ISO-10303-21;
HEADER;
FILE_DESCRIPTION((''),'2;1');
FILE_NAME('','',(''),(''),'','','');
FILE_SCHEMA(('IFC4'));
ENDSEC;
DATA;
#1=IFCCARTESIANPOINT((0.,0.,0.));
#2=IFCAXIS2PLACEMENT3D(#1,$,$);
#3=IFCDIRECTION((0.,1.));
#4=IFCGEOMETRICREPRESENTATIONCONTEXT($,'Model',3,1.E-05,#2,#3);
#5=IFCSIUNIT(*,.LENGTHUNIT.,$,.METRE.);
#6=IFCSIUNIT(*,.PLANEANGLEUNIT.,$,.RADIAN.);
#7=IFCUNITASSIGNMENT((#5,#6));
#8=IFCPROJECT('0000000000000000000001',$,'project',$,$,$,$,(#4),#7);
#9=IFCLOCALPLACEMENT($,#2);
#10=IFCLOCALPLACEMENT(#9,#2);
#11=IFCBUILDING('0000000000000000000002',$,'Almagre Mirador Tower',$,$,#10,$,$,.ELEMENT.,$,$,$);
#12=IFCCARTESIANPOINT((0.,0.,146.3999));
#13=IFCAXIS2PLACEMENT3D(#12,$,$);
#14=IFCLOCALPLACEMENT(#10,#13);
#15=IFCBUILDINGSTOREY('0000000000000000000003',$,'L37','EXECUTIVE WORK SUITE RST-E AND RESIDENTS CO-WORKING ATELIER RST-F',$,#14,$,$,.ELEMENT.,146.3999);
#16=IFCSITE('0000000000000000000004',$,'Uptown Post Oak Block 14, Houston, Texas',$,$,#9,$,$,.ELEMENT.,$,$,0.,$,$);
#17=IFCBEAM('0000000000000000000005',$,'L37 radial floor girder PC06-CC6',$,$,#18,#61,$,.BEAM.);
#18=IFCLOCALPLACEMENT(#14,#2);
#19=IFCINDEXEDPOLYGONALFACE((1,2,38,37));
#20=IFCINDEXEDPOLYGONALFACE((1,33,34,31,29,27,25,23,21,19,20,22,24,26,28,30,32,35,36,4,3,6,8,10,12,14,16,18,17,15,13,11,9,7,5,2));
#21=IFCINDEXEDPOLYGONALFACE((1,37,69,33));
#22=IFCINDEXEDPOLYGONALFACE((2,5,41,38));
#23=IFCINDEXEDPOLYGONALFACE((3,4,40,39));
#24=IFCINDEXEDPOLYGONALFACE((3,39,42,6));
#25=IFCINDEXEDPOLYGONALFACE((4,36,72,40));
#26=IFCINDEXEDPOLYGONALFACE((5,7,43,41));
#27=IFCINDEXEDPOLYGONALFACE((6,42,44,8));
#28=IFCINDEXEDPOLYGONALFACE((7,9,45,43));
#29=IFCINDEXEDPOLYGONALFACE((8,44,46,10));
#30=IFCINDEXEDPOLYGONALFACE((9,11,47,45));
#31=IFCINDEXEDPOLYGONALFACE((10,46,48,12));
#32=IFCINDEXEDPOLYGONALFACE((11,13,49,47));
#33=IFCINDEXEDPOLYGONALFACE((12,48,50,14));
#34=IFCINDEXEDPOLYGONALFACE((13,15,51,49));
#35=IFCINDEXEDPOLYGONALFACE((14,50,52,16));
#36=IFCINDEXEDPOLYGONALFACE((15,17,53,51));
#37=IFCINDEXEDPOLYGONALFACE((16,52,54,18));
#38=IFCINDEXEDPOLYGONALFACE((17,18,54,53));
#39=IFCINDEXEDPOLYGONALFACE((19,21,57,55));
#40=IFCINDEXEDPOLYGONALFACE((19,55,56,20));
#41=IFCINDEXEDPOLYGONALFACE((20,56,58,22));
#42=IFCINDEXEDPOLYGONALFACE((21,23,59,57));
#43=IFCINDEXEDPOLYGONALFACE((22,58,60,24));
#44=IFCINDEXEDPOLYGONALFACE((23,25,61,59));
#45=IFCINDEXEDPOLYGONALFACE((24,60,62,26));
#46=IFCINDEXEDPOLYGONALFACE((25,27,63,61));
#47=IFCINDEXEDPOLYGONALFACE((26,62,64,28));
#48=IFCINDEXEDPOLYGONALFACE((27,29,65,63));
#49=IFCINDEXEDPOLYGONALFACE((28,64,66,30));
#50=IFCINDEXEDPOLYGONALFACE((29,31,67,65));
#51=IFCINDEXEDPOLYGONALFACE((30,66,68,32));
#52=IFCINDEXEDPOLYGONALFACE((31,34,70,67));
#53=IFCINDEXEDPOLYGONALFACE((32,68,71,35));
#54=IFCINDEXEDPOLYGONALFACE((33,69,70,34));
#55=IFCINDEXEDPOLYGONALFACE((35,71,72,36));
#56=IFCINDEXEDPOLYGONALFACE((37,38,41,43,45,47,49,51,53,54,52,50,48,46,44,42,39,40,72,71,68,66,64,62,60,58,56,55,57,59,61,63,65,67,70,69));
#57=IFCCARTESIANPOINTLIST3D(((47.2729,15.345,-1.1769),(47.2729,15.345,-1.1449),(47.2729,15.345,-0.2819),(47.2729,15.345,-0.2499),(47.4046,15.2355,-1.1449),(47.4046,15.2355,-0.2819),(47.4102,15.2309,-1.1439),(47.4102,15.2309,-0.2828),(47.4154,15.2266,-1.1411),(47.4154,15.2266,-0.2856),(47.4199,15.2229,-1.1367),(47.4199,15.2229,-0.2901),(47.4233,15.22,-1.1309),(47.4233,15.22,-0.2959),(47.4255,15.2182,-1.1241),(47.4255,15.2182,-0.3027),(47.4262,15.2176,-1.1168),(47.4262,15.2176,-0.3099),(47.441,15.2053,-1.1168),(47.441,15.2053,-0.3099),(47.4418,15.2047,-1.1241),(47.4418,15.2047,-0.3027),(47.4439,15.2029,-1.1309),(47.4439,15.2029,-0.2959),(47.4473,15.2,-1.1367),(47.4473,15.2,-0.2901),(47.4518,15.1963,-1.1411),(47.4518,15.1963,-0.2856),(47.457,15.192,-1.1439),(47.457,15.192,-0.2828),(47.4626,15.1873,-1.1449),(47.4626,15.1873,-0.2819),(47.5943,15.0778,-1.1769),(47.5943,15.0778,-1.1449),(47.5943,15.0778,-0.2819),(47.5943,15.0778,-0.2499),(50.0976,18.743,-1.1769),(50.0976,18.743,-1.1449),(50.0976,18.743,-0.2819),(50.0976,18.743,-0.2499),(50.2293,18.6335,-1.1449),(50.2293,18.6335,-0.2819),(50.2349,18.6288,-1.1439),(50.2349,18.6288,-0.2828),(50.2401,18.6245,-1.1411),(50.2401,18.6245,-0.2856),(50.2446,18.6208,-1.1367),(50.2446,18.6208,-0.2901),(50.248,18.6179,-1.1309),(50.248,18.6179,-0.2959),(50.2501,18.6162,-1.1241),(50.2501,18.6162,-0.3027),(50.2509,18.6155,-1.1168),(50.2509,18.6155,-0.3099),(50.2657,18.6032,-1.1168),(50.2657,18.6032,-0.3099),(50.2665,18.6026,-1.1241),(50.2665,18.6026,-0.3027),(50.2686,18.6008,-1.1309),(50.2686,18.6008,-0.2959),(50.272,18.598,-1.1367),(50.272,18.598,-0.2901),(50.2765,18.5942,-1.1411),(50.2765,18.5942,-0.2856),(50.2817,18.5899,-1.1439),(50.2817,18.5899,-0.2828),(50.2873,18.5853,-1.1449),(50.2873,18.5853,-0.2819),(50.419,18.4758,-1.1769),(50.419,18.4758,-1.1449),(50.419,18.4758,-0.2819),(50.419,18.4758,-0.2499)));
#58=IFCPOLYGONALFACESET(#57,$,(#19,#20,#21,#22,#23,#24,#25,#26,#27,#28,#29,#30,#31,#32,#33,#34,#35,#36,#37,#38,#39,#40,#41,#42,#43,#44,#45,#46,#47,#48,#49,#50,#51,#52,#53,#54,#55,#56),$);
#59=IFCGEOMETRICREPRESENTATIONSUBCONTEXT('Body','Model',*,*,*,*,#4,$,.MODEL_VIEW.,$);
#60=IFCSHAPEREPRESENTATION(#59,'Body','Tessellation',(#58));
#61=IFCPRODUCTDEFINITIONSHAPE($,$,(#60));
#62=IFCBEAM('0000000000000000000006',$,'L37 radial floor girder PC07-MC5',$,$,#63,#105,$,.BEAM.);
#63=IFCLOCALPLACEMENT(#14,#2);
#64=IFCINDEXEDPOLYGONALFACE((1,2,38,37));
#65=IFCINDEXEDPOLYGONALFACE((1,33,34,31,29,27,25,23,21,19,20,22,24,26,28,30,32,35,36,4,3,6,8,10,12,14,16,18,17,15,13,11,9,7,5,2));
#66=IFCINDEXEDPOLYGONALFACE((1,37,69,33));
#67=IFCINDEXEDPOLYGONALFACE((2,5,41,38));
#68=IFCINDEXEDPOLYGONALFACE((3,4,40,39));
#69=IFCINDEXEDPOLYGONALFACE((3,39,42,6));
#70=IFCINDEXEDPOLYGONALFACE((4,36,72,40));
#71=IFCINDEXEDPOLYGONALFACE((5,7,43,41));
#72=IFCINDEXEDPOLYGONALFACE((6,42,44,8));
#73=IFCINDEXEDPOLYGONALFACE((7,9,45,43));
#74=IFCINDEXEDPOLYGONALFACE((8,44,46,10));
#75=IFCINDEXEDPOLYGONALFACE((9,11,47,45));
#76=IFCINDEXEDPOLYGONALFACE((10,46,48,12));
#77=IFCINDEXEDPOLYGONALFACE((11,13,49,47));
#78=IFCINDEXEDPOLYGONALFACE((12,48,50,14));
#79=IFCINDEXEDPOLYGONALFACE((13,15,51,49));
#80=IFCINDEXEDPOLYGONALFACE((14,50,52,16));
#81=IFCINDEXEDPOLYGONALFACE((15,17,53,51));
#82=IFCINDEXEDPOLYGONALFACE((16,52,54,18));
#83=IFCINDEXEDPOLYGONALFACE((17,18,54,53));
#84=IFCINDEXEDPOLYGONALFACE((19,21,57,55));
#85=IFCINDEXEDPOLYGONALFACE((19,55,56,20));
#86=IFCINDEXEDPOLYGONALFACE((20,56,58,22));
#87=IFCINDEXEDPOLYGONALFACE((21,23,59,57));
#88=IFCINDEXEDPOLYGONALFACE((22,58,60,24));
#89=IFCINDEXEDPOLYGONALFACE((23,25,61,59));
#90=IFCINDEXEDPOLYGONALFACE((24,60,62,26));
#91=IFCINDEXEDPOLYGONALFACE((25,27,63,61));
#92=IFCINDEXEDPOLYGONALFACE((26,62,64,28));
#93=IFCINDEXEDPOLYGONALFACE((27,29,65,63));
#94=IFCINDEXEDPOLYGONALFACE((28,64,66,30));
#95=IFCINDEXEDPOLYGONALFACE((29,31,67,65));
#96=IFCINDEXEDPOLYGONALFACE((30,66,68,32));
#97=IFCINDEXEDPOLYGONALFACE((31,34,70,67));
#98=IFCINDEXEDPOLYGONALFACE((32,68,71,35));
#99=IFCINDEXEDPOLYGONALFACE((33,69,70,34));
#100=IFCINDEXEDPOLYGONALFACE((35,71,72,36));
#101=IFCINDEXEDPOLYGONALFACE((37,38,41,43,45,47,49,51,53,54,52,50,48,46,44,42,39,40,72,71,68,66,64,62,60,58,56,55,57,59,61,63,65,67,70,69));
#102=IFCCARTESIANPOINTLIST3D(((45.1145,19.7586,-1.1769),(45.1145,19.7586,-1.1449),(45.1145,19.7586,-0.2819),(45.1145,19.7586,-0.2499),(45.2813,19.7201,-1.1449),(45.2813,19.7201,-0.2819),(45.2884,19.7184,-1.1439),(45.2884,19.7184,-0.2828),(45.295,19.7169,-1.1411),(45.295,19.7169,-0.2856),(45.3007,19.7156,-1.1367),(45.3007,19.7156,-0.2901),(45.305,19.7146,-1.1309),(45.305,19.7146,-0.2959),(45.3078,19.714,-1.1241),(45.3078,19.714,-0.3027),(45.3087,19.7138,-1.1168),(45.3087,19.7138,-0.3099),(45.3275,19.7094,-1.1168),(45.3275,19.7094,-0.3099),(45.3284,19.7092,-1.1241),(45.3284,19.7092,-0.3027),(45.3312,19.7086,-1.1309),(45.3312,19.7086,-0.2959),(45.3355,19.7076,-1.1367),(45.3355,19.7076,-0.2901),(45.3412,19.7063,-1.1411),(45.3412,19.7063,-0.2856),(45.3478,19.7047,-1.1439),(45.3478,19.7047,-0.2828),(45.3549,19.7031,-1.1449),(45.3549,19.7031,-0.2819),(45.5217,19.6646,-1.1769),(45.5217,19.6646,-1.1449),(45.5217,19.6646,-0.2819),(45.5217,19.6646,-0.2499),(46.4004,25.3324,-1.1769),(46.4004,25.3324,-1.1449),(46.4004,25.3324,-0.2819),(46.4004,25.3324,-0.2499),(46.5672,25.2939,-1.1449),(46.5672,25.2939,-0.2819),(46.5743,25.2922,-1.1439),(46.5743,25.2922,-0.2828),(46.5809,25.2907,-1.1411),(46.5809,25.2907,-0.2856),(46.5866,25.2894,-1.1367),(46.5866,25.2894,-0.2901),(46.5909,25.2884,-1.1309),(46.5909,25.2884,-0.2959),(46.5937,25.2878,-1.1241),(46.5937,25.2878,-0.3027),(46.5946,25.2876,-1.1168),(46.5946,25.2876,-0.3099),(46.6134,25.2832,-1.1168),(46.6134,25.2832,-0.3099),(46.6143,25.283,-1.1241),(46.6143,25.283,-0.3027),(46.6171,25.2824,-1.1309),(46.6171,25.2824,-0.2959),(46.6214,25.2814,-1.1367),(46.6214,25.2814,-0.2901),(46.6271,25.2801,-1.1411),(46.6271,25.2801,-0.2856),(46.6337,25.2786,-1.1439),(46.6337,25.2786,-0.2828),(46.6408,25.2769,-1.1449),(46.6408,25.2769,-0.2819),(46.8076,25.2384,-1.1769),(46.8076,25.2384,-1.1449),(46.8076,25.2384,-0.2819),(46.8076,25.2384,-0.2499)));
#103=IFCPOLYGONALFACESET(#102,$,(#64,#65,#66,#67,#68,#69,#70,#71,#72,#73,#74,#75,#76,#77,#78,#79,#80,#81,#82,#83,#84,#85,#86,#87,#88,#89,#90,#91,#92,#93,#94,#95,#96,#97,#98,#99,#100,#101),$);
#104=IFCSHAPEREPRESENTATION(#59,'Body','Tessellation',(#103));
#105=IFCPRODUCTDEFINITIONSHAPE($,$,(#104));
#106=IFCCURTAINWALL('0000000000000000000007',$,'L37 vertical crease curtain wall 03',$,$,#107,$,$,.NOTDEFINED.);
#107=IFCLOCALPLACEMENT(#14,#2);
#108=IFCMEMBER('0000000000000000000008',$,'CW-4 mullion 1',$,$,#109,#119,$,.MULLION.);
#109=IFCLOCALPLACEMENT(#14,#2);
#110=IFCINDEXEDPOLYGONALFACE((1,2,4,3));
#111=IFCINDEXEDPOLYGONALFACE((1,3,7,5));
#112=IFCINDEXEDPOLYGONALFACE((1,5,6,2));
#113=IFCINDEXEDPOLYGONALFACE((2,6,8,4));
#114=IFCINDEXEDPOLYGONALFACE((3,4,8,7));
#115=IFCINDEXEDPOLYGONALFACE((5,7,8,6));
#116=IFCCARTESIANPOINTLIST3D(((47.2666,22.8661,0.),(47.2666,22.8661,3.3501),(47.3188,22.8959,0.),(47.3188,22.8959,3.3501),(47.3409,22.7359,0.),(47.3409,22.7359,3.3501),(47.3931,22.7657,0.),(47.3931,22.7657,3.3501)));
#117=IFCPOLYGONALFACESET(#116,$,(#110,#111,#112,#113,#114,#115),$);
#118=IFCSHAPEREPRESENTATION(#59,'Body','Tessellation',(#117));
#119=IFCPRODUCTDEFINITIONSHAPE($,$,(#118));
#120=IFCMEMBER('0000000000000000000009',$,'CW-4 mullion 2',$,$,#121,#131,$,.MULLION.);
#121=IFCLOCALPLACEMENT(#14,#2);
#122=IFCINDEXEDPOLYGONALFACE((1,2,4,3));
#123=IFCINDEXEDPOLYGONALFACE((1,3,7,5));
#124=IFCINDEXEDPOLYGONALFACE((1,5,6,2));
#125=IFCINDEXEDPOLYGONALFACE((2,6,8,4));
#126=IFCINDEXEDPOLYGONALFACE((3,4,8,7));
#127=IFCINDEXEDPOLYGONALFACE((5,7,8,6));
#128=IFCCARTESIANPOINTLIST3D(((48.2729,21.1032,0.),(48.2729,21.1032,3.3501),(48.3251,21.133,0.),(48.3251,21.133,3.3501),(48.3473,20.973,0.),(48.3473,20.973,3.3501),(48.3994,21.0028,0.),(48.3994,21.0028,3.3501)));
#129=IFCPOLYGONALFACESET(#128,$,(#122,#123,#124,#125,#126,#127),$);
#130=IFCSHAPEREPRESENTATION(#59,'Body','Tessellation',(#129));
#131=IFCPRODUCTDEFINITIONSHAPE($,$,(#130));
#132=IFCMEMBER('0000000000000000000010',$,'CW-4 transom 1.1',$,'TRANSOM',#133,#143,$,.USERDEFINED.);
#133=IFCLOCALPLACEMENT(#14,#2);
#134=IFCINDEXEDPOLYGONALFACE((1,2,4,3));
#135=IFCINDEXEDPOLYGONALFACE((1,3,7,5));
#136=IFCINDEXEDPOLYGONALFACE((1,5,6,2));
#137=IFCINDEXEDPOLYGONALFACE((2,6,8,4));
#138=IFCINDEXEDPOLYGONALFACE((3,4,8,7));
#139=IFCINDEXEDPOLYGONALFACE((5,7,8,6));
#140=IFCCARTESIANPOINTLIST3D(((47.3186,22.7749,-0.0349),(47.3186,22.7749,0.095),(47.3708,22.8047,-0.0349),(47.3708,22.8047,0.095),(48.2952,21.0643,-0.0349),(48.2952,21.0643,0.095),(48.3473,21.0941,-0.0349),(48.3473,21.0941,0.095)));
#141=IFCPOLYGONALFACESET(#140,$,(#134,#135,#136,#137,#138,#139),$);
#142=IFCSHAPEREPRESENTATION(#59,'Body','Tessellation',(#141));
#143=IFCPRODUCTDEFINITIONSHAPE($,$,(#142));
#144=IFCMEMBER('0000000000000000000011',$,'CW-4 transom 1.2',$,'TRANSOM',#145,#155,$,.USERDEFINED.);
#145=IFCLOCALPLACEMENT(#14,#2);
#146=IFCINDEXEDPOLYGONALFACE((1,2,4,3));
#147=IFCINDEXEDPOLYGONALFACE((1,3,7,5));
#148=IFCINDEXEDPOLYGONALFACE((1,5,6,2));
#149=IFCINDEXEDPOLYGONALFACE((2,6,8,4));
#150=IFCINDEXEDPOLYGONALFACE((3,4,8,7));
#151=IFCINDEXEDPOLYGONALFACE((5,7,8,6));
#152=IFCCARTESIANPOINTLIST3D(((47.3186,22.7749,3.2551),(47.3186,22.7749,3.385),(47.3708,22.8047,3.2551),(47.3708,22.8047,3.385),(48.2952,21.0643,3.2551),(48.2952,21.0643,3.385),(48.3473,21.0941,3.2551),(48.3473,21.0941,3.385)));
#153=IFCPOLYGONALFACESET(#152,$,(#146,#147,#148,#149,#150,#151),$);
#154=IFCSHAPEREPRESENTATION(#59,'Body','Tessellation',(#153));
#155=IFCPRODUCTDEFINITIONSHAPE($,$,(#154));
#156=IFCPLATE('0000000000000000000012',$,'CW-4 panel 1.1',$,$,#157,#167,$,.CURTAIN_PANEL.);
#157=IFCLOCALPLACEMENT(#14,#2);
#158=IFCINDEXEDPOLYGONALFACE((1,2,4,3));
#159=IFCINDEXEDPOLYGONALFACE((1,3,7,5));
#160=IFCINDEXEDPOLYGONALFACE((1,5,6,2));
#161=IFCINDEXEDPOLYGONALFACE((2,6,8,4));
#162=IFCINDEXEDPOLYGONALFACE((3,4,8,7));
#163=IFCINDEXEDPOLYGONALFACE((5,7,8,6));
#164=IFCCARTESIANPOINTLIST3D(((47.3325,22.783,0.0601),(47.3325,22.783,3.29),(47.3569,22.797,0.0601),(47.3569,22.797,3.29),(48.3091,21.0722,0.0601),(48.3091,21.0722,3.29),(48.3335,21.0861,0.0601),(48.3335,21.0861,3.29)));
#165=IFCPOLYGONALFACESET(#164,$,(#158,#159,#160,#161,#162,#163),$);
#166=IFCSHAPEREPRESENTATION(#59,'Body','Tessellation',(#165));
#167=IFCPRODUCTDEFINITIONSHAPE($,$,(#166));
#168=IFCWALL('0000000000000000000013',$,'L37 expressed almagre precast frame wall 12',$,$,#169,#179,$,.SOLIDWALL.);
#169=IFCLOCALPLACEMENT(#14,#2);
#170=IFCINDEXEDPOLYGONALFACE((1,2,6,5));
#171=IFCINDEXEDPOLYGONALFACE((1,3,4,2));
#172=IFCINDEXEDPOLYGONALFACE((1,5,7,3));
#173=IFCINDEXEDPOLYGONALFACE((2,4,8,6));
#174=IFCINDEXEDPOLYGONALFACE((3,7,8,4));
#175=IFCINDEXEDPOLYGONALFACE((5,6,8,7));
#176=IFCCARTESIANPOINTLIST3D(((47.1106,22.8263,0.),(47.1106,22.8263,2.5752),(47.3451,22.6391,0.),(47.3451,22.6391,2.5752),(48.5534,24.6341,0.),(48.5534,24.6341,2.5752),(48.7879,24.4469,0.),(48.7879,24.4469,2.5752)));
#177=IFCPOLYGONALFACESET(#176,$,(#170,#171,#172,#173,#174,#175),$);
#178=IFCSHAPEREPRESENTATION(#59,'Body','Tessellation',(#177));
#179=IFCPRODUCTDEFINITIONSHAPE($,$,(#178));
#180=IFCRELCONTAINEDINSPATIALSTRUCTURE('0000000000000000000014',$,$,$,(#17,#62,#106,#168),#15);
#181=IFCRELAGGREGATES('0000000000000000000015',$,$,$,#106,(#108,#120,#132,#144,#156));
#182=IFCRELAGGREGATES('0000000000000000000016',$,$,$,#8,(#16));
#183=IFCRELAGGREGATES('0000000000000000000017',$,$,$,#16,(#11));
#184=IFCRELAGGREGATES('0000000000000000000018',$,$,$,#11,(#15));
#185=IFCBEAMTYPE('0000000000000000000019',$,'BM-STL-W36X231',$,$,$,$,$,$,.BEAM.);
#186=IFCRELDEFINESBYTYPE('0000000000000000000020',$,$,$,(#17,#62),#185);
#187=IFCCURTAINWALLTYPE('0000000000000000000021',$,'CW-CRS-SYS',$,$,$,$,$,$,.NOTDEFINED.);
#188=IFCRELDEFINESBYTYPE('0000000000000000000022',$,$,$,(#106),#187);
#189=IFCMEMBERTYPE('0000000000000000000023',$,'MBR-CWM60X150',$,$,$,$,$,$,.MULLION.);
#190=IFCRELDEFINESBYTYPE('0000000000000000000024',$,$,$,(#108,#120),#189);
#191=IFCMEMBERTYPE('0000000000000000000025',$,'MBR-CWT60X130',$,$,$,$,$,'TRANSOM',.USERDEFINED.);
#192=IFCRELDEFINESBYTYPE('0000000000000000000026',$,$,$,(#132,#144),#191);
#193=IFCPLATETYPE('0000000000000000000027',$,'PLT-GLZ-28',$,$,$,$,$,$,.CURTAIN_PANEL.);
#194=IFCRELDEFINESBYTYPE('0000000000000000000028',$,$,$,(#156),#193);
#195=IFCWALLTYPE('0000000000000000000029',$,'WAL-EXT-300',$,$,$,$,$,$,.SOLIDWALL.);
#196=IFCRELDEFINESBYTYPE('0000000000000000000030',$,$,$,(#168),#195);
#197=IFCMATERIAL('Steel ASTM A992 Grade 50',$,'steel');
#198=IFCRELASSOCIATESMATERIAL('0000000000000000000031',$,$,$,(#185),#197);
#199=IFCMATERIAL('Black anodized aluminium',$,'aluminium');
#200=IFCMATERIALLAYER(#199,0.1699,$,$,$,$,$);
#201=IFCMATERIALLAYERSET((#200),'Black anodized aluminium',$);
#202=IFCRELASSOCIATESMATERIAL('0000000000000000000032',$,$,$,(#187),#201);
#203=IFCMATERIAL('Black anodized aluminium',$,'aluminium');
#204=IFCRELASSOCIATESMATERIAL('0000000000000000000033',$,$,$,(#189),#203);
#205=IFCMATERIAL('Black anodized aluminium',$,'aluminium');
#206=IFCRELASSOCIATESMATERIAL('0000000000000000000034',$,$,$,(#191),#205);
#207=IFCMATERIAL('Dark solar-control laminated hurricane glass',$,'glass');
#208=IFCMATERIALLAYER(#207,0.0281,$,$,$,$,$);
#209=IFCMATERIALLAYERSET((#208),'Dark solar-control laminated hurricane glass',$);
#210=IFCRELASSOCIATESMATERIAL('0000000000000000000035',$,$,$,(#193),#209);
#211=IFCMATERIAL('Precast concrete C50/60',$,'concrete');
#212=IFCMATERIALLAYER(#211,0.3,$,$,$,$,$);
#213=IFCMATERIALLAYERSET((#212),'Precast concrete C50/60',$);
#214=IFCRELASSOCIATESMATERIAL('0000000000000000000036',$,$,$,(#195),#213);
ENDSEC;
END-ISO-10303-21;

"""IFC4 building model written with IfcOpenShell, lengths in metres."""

from ifc_helpers import new_model, si_unit, direction, frame, frame_2d, origin, origin_2d, place, context, subcontext, project, spatial, rectangle, i_section, extrude, material, layer, layer_set, material_profile, profile_set, type_object, element, aggregate, save


model = new_model("IFC4")

# Units and contexts
model_context = context("Model", 3, precision=1e-05, world=origin(), true_north=direction((0.0, 1.0)))
body_context = subcontext(model_context, "Body", "Model", "MODEL_VIEW")
ifc_project = project(units=[si_unit("LENGTHUNIT", "METRE"), si_unit("PLANEANGLEUNIT", "RADIAN")], contexts=[model_context])

# Site, building, storey
site_placement = place(None, origin())
site = spatial("IfcSite", under=ifc_project, at=site_placement, Name="Uptown Post Oak Block 14, Houston, Texas", CompositionType="ELEMENT", RefElevation=0.0)
building_placement = place(site_placement, origin())
building = spatial("IfcBuilding", under=site, at=building_placement, Name="Almagre Mirador Tower", CompositionType="ELEMENT")
storey_placement = place(building_placement, frame((0.0, 0.0, 146.3999)))
storey = spatial("IfcBuildingStorey", under=building, at=storey_placement, Name="L37", Description="EXECUTIVE WORK SUITE RST-E AND RESIDENTS CO-WORKING ATELIER RST-F", CompositionType="ELEMENT", Elevation=146.3999)

# Beams
ifc_material_1 = material(Name="Steel ASTM A992 Grade 50", Category="steel")
ifc_material_profile_1 = material_profile(ifc_material_1, i_section(OverallWidth=0.418, OverallDepth=0.927, WebThickness=0.0193, FlangeThickness=0.032, FilletRadius=0.0281, at=origin_2d()), Name="W36X231")
ifc_profile_set_1 = profile_set([ifc_material_profile_1], Name="Steel ASTM A992 Grade 50")
beam_type_1 = type_object("IfcBeamType", Name="BM-STL-W36X231", PredefinedType="BEAM", material=ifc_profile_set_1)
beam_1_placement = place(storey_placement, frame((50.2583, 18.6094, -0.7134), z_axis=(-0.63926, -0.768991, 0.0), x_axis=(0.768991, -0.63926, 0.0)))
element("IfcBeam", 1, at=beam_1_placement, inside=storey, type_object=beam_type_1, Name="L37 radial floor girder PC06-CC6", PredefinedType="BEAM", context=body_context, shape_type="SweptSolid", body=[
    extrude(i_section(OverallWidth=0.418, OverallDepth=0.927, WebThickness=0.0193, FlangeThickness=0.032, FilletRadius=0.0281, at=origin_2d()), origin(), (0.0, 0.0, 1.0), 4.4187),
])
beam_2_placement = place(storey_placement, frame((46.604, 25.2854, -0.7134), z_axis=(-0.2248, -0.974405, 0.0), x_axis=(0.974405, -0.2248, 0.0)))
element("IfcBeam", 2, at=beam_2_placement, inside=storey, type_object=beam_type_1, Name="L37 radial floor girder PC07-MC5", PredefinedType="BEAM", context=body_context, shape_type="SweptSolid", body=[
    extrude(i_section(OverallWidth=0.418, OverallDepth=0.927, WebThickness=0.0193, FlangeThickness=0.032, FilletRadius=0.0281, at=origin_2d()), origin(), (0.0, 0.0, 1.0), 5.7202),
])

# Curtain wall, members, plate
ifc_material_2 = material(Name="Black anodized aluminium", Category="aluminium")
ifc_layer_1 = layer(ifc_material_2, 0.1699)
ifc_layer_set_1 = layer_set([ifc_layer_1], Name="Black anodized aluminium")
curtain_wall_type = type_object("IfcCurtainWallType", Name="CW-CRS-SYS", PredefinedType="NOTDEFINED", material=ifc_layer_set_1)
curtain_wall_placement = place(storey_placement, origin())
curtain_wall = element("IfcCurtainWall", 3, at=curtain_wall_placement, inside=storey, type_object=curtain_wall_type, Name="L37 vertical crease curtain wall 03", PredefinedType="NOTDEFINED")
ifc_material_3 = material(Name="Black anodized aluminium", Category="aluminium")
ifc_material_profile_2 = material_profile(ifc_material_3, rectangle(XDim=0.0601, YDim=0.1499, at=origin_2d()), Name="CWM60X150")
ifc_profile_set_2 = profile_set([ifc_material_profile_2], Name="Black anodized aluminium")
member_type_1 = type_object("IfcMemberType", Name="MBR-CWM60X150", PredefinedType="MULLION", material=ifc_profile_set_2)
member_1_placement = place(storey_placement, frame((47.3298, 22.8159, 0.0), z_axis=(0.0, 0.0, 1.0), x_axis=(0.868479, 0.495727, 0.0)))
member_1 = element("IfcMember", 4, at=member_1_placement, type_object=member_type_1, Name="CW-4 mullion 1", PredefinedType="MULLION", context=body_context, shape_type="SweptSolid", body=[
    extrude(rectangle(XDim=0.0601, YDim=0.1499, at=origin_2d()), origin(), (0.0, 0.0, 1.0), 3.3501),
])
member_2_placement = place(storey_placement, frame((48.3362, 21.053, 0.0), z_axis=(0.0, 0.0, 1.0), x_axis=(0.868479, 0.495727, 0.0)))
member_2 = element("IfcMember", 5, at=member_2_placement, type_object=member_type_1, Name="CW-4 mullion 2", PredefinedType="MULLION", context=body_context, shape_type="SweptSolid", body=[
    extrude(rectangle(XDim=0.0601, YDim=0.1499, at=origin_2d()), origin(), (0.0, 0.0, 1.0), 3.3501),
])
ifc_material_4 = material(Name="Black anodized aluminium", Category="aluminium")
ifc_material_profile_3 = material_profile(ifc_material_4, rectangle(XDim=0.0601, YDim=0.1299, at=origin_2d()), Name="CWT60X130")
ifc_profile_set_3 = profile_set([ifc_material_profile_3], Name="Black anodized aluminium")
member_type_2 = type_object("IfcMemberType", Name="MBR-CWT60X130", ElementType="TRANSOM", PredefinedType="USERDEFINED", material=ifc_profile_set_3)
member_3_placement = place(storey_placement, frame((47.3447, 22.7898, 0.03), z_axis=(0.495765, -0.868457, 0.0), x_axis=(0.868457, 0.495765, 0.0)))
member_3 = element("IfcMember", 6, at=member_3_placement, type_object=member_type_2, Name="CW-4 transom 1.1", ObjectType="TRANSOM", PredefinedType="USERDEFINED", context=body_context, shape_type="SweptSolid", body=[
    extrude(rectangle(XDim=0.0601, YDim=0.1299, at=origin_2d()), origin(), (0.0, 0.0, 1.0), 1.9697),
])
member_4_placement = place(storey_placement, frame((47.3447, 22.7898, 3.3201), z_axis=(0.495765, -0.868457, 0.0), x_axis=(0.868457, 0.495765, 0.0)))
member_4 = element("IfcMember", 7, at=member_4_placement, type_object=member_type_2, Name="CW-4 transom 1.2", ObjectType="TRANSOM", PredefinedType="USERDEFINED", context=body_context, shape_type="SweptSolid", body=[
    extrude(rectangle(XDim=0.0601, YDim=0.1299, at=origin_2d()), origin(), (0.0, 0.0, 1.0), 1.9697),
])
ifc_material_5 = material(Name="Dark solar-control laminated hurricane glass", Category="glass")
ifc_layer_2 = layer(ifc_material_5, 0.0281)
ifc_layer_set_2 = layer_set([ifc_layer_2], Name="Dark solar-control laminated hurricane glass")
plate_type = type_object("IfcPlateType", Name="PLT-GLZ-28", PredefinedType="CURTAIN_PANEL", material=ifc_layer_set_2)
plate_placement = place(storey_placement, frame((47.833, 21.9346, 0.0601), z_axis=(0.0, 0.0, 1.0), x_axis=(0.495727, -0.868479, 0.0)))
plate = element("IfcPlate", 8, at=plate_placement, type_object=plate_type, Name="CW-4 panel 1.1", PredefinedType="CURTAIN_PANEL", context=body_context, shape_type="SweptSolid", body=[
    extrude(rectangle(XDim=1.97, YDim=0.0281, at=origin_2d()), origin(), (0.0, 0.0, 1.0), 3.23),
])
aggregate(curtain_wall, [member_1, member_2, member_3, member_4, plate])

# Wall
ifc_material_6 = material(Name="Precast concrete C50/60", Category="concrete")
ifc_layer_3 = layer(ifc_material_6, 0.3)
ifc_layer_set_3 = layer_set([ifc_layer_3], Name="Precast concrete C50/60")
wall_type_1 = type_object("IfcWallType", Name="WAL-EXT-300", PredefinedType="SOLIDWALL", material=ifc_layer_set_3)
wall_1_placement = place(storey_placement, frame((48.6707, 24.5405, 0.0), z_axis=(0.0, 0.0, 1.0), x_axis=(-0.623794, -0.781589, 0.0)))
element("IfcWall", 9, at=wall_1_placement, inside=storey, type_object=wall_type_1, Name="L37 expressed almagre precast frame wall 12", PredefinedType="SOLIDWALL", context=body_context, shape_type="SweptSolid", body=[
    extrude(rectangle(XDim=2.313, YDim=0.3, at=frame_2d((1.1565, 0.0))), origin(), (0.0, 0.0, 1.0), 2.5752),
])

save(model, "model.ifc")
